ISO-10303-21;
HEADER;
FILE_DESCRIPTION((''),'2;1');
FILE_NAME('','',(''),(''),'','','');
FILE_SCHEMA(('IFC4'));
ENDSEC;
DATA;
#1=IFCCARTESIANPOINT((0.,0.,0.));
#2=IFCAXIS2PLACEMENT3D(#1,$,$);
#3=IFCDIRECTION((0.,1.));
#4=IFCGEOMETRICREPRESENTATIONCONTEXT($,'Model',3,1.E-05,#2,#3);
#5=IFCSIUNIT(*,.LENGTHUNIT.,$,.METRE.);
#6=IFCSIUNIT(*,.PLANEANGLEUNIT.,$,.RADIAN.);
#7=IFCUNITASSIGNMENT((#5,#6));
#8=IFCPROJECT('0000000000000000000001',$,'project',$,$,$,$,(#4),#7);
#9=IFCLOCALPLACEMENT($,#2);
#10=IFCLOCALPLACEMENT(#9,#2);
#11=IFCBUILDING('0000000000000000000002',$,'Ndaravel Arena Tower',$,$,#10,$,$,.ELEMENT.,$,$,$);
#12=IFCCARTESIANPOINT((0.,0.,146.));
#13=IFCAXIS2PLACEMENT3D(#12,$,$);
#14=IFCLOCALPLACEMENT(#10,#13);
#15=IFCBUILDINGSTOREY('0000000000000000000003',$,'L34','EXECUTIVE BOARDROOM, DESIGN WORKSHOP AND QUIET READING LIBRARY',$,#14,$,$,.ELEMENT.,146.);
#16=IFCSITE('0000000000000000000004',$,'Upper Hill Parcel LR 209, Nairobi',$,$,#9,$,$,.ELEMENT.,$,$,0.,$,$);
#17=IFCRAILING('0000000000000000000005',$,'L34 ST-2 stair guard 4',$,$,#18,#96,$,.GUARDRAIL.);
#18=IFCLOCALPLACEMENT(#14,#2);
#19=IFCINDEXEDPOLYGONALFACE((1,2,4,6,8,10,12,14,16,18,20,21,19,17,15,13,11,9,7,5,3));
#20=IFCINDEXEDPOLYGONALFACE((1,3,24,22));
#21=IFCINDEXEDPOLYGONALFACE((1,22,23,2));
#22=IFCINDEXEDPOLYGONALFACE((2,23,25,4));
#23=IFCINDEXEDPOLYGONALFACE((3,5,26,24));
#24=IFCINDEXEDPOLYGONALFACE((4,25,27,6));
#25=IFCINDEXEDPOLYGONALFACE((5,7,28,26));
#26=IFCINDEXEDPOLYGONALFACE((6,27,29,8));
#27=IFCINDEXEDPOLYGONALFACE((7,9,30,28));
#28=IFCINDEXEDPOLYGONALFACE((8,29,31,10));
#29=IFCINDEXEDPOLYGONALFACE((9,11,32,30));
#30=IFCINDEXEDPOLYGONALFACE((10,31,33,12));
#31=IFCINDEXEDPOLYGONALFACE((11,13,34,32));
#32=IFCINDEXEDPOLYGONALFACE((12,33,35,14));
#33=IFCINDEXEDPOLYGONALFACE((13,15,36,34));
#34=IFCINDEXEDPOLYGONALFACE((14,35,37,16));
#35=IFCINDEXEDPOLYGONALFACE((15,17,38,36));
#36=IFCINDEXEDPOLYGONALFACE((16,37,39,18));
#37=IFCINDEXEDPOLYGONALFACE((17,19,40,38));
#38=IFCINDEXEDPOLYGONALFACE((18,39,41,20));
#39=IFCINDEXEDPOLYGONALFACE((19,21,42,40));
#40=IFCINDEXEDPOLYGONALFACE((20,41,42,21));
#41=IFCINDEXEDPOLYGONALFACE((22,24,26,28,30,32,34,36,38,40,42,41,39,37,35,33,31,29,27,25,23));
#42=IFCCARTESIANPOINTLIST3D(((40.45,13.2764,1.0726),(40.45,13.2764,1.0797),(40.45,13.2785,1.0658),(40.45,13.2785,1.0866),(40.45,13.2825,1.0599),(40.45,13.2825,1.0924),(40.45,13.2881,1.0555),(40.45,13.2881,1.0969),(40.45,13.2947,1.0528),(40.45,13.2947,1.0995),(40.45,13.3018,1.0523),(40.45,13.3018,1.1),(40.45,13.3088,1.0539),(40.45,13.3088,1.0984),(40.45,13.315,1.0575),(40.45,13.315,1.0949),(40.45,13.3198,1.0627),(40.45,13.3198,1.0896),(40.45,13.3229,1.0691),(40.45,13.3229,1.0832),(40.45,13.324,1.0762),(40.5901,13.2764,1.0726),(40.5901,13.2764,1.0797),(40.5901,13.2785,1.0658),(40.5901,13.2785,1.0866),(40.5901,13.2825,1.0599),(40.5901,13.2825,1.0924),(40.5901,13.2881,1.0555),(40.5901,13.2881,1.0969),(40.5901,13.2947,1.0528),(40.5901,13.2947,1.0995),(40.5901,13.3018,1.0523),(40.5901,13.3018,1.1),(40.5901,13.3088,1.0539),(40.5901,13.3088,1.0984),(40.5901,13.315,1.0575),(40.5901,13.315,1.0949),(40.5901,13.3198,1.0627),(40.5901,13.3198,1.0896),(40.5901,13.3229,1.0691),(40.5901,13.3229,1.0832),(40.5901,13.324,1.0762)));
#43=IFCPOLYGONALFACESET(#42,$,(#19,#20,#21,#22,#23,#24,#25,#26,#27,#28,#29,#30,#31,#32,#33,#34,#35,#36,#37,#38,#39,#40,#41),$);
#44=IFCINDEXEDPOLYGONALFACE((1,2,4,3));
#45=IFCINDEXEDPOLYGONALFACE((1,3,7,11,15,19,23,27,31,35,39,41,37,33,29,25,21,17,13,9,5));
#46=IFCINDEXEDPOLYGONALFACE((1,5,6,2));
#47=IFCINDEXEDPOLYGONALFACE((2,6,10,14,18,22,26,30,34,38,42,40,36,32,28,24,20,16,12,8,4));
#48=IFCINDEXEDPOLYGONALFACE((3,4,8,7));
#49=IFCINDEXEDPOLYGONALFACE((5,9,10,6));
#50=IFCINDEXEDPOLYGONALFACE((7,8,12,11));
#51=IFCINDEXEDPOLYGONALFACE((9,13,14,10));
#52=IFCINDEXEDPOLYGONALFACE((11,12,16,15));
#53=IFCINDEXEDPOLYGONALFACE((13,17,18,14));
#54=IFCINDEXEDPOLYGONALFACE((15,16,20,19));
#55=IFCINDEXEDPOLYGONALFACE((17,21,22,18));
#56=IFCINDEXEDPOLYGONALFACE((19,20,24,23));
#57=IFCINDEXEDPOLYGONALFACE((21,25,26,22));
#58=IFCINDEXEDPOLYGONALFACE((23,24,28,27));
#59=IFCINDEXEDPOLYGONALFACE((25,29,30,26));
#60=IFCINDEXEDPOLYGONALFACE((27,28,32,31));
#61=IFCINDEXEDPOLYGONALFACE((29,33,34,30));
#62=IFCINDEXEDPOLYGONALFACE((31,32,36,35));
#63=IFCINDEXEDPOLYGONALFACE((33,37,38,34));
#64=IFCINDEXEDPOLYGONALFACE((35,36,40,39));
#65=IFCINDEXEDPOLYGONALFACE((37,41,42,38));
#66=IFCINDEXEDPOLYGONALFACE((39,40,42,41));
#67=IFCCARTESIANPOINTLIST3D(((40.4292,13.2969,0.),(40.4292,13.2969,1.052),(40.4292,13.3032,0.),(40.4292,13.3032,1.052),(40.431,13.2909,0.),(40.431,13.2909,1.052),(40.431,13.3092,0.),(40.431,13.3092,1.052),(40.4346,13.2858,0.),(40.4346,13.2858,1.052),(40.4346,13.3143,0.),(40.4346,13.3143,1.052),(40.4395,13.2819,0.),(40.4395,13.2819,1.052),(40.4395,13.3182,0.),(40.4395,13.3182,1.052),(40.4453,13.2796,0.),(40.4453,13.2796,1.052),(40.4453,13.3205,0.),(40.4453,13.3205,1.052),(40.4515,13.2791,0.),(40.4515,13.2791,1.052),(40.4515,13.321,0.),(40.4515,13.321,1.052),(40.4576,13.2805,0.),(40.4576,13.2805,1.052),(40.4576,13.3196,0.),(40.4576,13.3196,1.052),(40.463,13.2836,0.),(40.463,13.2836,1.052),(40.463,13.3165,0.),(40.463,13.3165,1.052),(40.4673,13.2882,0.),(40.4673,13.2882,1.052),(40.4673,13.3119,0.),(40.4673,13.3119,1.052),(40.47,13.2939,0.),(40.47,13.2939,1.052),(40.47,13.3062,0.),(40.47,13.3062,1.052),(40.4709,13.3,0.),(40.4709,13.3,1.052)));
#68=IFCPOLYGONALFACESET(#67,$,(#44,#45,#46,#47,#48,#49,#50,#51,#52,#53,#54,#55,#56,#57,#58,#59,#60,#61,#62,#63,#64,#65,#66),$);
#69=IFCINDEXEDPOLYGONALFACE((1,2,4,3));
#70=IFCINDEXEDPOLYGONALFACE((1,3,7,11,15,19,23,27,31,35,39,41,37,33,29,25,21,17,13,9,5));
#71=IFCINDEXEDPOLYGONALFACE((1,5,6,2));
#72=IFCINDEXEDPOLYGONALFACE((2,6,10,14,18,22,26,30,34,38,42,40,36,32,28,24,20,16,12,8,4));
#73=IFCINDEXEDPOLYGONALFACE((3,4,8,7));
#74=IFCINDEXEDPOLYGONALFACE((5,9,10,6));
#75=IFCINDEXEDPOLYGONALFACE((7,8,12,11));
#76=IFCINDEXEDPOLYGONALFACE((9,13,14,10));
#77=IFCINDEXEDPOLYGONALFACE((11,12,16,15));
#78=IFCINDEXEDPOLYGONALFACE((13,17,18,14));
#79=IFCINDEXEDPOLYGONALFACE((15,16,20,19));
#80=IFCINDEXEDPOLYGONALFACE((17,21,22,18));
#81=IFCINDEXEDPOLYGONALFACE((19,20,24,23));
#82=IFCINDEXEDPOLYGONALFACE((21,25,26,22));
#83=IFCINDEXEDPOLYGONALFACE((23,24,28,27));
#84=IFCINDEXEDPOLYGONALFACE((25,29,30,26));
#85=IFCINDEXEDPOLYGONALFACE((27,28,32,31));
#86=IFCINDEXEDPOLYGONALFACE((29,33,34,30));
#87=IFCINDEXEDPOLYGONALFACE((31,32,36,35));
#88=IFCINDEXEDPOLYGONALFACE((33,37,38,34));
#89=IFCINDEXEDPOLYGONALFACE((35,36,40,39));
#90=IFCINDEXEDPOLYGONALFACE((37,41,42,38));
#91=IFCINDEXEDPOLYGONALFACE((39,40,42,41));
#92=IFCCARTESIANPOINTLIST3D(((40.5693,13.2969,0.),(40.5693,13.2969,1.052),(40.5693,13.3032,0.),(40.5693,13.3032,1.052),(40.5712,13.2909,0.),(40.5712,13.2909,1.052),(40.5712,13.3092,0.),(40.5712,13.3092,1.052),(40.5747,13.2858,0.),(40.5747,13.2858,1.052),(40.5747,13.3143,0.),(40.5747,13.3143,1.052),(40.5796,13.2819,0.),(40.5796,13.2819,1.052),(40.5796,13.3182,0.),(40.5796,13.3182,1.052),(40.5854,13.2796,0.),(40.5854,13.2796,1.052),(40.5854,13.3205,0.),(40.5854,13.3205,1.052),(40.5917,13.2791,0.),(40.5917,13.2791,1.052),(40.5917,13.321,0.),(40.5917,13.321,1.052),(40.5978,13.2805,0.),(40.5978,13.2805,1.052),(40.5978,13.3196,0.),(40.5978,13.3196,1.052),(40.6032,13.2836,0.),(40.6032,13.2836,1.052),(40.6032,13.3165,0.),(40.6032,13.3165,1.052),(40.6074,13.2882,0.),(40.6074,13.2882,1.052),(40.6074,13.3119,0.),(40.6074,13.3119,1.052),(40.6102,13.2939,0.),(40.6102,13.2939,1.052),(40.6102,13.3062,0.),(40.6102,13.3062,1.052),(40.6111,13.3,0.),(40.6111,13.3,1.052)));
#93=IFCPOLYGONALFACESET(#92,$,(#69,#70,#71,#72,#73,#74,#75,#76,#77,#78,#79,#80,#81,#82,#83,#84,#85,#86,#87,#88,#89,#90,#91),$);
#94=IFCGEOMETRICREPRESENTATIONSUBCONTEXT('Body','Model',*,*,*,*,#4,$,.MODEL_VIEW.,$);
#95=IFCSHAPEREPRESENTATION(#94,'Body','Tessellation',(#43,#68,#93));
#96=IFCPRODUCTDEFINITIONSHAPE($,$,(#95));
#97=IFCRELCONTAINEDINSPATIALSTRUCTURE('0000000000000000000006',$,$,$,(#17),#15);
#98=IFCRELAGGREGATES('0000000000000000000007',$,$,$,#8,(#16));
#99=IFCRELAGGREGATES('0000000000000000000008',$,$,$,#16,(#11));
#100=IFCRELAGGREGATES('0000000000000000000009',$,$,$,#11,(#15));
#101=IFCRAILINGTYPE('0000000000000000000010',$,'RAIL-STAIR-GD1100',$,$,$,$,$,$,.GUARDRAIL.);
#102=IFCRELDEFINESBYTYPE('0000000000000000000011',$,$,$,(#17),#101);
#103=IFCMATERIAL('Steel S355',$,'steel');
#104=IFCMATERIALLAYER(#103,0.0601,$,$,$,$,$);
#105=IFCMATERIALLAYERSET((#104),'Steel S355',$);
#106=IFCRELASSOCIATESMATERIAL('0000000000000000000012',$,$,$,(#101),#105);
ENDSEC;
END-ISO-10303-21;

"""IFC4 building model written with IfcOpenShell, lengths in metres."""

from ifc_helpers import new_model, si_unit, direction, frame, origin, origin_2d, place, context, subcontext, project, spatial, circle, extrude, material, layer, layer_set, type_object, element, save


model = new_model("IFC4")

# Units and contexts
model_context = context("Model", 3, precision=1e-05, world=origin(), true_north=direction((0.0, 1.0)))
body_context = subcontext(model_context, "Body", "Model", "MODEL_VIEW")
ifc_project = project(units=[si_unit("LENGTHUNIT", "METRE"), si_unit("PLANEANGLEUNIT", "RADIAN")], contexts=[model_context])

# Site, building, storey
site_placement = place(None, origin())
site = spatial("IfcSite", under=ifc_project, at=site_placement, Name="Upper Hill Parcel LR 209, Nairobi", CompositionType="ELEMENT", RefElevation=0.0)
building_placement = place(site_placement, origin())
building = spatial("IfcBuilding", under=site, at=building_placement, Name="Ndaravel Arena Tower", CompositionType="ELEMENT")
storey_placement = place(building_placement, frame((0.0, 0.0, 146.0)))
storey = spatial("IfcBuildingStorey", under=building, at=storey_placement, Name="L34", Description="EXECUTIVE BOARDROOM, DESIGN WORKSHOP AND QUIET READING LIBRARY", CompositionType="ELEMENT", Elevation=146.0)

# Railing
ifc_material_1 = material(Name="Steel S355", Category="steel")
ifc_layer_1 = layer(ifc_material_1, 0.0601)
ifc_layer_set_1 = layer_set([ifc_layer_1], Name="Steel S355")
railing_type_1 = type_object("IfcRailingType", Name="RAIL-STAIR-GD1100", PredefinedType="GUARDRAIL", material=ifc_layer_set_1)
railing_1_placement = place(storey_placement, frame((40.45, 13.3, 0.0)))
element("IfcRailing", 1, at=railing_1_placement, inside=storey, type_object=railing_type_1, Name="L34 ST-2 stair guard 4", PredefinedType="GUARDRAIL", context=body_context, shape_type="SweptSolid", body=[
    extrude(circle(Radius=0.0239, at=origin_2d()), frame((0.0, 0.0, 1.0762), z_axis=(1.0, 0.0, 0.0), x_axis=(0.0, 1.0, 0.0)), (0.0, 0.0, 1.0), 0.1401),
    extrude(circle(Radius=0.021, at=origin_2d()), origin(), (0.0, 0.0, 1.0), 1.052),
    extrude(circle(Radius=0.021, at=origin_2d()), frame((0.1401, 0.0, 0.0)), (0.0, 0.0, 1.0), 1.052),
])

save(model, "model.ifc")
